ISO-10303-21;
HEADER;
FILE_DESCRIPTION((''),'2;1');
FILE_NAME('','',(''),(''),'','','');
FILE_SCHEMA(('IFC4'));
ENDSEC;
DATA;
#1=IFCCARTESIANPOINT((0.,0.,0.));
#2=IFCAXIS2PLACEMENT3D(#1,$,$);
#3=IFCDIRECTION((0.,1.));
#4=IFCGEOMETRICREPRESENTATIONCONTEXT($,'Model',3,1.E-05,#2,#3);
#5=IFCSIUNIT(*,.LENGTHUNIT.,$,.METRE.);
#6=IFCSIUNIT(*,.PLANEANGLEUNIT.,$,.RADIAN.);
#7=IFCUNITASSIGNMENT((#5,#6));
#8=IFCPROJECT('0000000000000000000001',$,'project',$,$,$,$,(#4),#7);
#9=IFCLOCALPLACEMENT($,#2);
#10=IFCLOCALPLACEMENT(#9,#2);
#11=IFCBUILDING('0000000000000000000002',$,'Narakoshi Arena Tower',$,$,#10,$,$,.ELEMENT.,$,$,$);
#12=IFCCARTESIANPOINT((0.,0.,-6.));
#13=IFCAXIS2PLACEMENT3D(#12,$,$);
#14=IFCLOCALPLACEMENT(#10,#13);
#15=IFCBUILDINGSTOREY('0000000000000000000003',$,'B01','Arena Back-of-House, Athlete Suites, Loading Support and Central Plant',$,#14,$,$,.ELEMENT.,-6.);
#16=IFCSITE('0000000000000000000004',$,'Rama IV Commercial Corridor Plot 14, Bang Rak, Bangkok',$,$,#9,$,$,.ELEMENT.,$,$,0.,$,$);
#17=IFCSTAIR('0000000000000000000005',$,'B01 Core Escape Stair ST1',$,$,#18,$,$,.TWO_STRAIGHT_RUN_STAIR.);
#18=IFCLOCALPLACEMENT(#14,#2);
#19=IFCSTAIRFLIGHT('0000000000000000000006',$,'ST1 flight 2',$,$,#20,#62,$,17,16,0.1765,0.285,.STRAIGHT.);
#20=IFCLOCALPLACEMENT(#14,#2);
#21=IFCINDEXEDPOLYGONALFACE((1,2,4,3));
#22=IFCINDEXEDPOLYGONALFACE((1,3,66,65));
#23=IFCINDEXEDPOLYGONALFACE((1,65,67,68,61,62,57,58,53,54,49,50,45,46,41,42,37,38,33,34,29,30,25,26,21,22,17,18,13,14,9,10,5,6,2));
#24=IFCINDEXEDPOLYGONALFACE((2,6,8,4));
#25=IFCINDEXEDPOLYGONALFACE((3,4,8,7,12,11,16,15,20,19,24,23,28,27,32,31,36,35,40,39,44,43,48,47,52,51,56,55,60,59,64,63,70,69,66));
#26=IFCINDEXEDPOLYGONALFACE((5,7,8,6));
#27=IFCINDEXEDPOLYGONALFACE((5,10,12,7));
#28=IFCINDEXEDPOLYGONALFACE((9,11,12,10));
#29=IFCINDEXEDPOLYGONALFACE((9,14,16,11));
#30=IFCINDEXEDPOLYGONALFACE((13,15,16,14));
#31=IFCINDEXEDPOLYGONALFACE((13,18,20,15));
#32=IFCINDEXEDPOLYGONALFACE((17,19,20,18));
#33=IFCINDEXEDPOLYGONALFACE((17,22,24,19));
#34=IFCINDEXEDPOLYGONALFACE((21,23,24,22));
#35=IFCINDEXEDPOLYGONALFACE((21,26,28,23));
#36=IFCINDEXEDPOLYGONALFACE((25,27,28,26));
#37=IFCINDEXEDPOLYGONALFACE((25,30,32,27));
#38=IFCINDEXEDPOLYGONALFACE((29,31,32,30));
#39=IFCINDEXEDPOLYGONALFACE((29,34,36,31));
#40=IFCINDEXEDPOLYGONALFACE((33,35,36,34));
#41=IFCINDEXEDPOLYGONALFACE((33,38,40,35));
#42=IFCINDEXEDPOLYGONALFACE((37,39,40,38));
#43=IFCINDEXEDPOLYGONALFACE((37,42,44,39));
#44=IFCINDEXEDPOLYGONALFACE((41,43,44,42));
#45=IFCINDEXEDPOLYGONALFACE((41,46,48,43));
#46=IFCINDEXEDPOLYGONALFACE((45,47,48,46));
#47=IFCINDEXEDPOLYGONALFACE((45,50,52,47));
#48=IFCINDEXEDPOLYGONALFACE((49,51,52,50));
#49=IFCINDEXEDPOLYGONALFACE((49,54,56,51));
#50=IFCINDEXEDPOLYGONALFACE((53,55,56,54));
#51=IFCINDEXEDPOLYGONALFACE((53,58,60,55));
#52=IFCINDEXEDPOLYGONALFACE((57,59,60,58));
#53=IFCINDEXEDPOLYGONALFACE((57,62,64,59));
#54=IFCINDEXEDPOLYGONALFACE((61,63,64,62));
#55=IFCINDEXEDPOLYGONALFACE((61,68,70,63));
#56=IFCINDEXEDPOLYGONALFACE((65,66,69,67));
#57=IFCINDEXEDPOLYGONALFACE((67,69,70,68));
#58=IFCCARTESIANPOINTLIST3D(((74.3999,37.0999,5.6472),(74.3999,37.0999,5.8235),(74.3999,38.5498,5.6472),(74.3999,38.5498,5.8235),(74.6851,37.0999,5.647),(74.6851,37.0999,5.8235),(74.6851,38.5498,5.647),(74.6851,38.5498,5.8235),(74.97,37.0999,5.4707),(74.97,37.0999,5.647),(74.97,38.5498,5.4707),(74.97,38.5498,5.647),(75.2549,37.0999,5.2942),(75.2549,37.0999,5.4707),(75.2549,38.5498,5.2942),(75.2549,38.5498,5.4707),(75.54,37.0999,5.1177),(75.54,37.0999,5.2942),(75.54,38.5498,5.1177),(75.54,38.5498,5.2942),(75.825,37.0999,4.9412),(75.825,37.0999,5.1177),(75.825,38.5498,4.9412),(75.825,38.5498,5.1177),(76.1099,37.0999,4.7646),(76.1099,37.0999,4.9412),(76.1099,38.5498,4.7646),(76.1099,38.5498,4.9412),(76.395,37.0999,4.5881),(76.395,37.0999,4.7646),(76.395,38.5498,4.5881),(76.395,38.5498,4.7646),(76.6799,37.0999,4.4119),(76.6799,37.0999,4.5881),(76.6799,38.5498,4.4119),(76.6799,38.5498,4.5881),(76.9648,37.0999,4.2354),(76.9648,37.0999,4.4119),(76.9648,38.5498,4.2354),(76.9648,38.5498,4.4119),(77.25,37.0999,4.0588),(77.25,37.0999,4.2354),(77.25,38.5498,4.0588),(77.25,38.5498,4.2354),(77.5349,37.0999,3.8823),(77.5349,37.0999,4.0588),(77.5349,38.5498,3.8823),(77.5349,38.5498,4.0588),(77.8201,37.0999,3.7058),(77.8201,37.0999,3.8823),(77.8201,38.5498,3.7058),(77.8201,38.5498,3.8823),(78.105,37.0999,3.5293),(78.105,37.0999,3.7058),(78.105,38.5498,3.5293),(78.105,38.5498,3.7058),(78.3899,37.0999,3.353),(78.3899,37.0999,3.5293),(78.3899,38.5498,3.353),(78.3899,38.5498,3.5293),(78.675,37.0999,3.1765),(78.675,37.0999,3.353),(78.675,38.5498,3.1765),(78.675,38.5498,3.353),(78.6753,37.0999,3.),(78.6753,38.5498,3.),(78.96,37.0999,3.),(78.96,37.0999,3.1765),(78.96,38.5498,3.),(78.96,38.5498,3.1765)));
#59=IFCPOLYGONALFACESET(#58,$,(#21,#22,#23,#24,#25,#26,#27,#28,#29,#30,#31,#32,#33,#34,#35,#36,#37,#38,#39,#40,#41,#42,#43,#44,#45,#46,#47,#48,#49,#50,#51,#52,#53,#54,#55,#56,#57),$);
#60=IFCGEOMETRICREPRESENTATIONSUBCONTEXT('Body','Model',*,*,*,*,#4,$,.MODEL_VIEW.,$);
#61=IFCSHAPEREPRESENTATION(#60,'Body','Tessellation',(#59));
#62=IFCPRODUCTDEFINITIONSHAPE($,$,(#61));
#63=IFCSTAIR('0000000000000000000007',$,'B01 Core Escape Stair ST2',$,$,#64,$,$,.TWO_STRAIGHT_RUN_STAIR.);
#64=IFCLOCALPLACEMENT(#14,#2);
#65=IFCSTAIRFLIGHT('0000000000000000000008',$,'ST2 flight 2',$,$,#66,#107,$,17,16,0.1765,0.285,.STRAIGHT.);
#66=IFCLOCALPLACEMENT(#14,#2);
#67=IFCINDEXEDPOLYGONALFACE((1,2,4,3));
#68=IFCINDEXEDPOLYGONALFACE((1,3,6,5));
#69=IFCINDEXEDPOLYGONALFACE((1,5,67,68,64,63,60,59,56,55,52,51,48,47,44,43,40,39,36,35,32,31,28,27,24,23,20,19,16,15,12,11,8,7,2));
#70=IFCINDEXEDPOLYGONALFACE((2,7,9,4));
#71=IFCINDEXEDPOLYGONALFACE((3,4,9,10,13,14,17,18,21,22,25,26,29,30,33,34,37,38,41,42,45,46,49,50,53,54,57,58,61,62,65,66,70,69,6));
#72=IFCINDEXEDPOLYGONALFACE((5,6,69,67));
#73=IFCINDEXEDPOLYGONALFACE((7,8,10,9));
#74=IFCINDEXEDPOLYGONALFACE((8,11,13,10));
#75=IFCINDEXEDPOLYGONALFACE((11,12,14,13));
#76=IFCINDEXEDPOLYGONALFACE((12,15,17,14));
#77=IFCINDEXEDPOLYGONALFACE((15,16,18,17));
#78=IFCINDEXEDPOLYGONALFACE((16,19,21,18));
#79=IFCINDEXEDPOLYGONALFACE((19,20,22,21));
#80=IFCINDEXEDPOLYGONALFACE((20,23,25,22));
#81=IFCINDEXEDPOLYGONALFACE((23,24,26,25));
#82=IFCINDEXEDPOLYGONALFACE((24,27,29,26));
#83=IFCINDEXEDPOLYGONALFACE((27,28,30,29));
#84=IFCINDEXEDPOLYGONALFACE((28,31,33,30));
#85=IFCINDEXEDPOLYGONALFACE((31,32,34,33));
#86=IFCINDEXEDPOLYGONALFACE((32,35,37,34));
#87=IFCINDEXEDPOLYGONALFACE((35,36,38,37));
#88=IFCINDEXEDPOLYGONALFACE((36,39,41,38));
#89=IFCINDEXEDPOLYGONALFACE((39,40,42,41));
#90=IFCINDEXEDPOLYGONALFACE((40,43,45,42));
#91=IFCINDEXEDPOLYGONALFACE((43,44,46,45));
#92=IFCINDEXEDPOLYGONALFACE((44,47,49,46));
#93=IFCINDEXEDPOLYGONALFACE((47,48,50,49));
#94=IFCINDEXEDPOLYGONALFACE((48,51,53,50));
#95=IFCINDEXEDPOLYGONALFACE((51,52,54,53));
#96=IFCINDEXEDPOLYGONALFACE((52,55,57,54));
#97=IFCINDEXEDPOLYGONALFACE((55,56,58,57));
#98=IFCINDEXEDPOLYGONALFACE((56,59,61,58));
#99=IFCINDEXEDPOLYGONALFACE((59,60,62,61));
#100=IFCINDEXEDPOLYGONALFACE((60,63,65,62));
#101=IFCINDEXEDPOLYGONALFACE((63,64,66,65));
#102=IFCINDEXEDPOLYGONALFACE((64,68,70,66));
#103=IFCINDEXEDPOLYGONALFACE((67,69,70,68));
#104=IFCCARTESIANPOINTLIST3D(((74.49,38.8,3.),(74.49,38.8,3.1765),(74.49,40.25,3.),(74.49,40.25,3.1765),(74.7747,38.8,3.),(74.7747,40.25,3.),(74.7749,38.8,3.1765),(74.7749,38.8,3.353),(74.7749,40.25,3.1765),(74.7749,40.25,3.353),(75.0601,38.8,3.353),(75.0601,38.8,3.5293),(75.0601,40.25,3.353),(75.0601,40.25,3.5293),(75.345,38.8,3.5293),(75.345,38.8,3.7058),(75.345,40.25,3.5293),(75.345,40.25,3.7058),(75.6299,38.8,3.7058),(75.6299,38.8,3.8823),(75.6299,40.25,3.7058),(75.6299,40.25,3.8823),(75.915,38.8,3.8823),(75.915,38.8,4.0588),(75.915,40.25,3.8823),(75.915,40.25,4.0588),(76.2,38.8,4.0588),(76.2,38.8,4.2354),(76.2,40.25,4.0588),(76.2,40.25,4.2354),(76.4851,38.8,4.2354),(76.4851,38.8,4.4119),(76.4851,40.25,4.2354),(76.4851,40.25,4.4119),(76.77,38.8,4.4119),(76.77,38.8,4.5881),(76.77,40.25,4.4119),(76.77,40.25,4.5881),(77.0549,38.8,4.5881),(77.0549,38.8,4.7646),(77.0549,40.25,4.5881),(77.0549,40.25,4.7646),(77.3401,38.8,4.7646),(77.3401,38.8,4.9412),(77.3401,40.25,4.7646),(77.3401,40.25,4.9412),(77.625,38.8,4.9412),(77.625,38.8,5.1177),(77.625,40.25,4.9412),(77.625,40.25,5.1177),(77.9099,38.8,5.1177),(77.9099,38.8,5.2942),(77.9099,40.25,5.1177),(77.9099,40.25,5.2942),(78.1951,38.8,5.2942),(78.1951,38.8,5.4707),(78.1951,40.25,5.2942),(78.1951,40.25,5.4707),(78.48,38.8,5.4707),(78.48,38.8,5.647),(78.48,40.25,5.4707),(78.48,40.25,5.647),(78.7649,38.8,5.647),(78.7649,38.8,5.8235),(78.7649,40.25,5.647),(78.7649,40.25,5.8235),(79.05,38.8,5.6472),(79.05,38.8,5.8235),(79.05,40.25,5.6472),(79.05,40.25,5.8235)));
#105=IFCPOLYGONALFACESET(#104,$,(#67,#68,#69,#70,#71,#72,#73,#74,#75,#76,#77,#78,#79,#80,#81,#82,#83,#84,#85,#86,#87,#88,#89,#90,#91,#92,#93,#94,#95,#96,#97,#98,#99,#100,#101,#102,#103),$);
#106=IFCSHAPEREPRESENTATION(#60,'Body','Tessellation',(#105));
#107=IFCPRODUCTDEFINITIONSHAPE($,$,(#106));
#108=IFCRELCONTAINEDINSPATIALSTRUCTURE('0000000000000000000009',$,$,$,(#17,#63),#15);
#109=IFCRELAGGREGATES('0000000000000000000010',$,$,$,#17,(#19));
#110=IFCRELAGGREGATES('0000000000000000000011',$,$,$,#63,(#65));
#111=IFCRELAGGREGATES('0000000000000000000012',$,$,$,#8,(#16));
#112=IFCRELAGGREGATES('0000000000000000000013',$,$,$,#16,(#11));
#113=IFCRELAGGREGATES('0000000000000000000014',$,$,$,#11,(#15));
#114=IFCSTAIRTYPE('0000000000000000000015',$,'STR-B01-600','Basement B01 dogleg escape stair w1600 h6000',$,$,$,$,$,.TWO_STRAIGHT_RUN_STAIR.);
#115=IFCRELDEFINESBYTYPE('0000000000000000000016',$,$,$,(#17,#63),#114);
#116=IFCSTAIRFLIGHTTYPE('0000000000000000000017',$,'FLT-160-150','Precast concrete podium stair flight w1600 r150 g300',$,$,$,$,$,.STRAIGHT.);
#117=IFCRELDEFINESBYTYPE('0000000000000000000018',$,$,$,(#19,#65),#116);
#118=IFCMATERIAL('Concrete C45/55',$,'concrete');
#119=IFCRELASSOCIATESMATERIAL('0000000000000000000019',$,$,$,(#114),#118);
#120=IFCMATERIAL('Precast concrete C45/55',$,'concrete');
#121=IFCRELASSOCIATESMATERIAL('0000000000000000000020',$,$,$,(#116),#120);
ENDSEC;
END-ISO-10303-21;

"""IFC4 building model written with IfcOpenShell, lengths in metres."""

from ifc_helpers import new_model, si_unit, direction, frame, origin, place, context, subcontext, project, spatial, polyline, outline, extrude, material, type_object, element, aggregate, save


model = new_model("IFC4")

# Units and contexts
model_context = context("Model", 3, precision=1e-05, world=origin(), true_north=direction((0.0, 1.0)))
body_context = subcontext(model_context, "Body", "Model", "MODEL_VIEW")
ifc_project = project(units=[si_unit("LENGTHUNIT", "METRE"), si_unit("PLANEANGLEUNIT", "RADIAN")], contexts=[model_context])

# Site, building, storey
site_placement = place(None, origin())
site = spatial("IfcSite", under=ifc_project, at=site_placement, Name="Rama IV Commercial Corridor Plot 14, Bang Rak, Bangkok", CompositionType="ELEMENT", RefElevation=0.0)
building_placement = place(site_placement, origin())
building = spatial("IfcBuilding", under=site, at=building_placement, Name="Narakoshi Arena Tower", CompositionType="ELEMENT")
storey_placement = place(building_placement, frame((0.0, 0.0, -6.0)))
storey = spatial("IfcBuildingStorey", under=building, at=storey_placement, Name="B01", Description="Arena Back-of-House, Athlete Suites, Loading Support and Central Plant", CompositionType="ELEMENT", Elevation=-6.0)

# Shared definitions
ifc_material_1 = material(Name="Concrete C45/55", Category="concrete")

# Stair, stair flight
stair_type = type_object("IfcStairType", Name="STR-B01-600", Description="Basement B01 dogleg escape stair w1600 h6000", PredefinedType="TWO_STRAIGHT_RUN_STAIR", material=ifc_material_1)
stair_1_placement = place(storey_placement, origin())
stair_1 = element("IfcStair", 1, at=stair_1_placement, inside=storey, type_object=stair_type, Name="B01 Core Escape Stair ST1", PredefinedType="TWO_STRAIGHT_RUN_STAIR")
ifc_material_2 = material(Name="Precast concrete C45/55", Category="concrete")
stair_flight_type = type_object("IfcStairFlightType", Name="FLT-160-150", Description="Precast concrete podium stair flight w1600 r150 g300", PredefinedType="STRAIGHT", material=ifc_material_2)
stair_flight_1_placement = place(storey_placement, frame((78.96, 37.825, 3.0), z_axis=(0.0, 0.0, 1.0), x_axis=(-1.0, 0.0, 0.0)))
stair_flight_1 = element("IfcStairFlight", 2, at=stair_flight_1_placement, type_object=stair_flight_type, Name="ST1 flight 2", NumberOfRisers=17, NumberOfTreads=16, PredefinedType="STRAIGHT", RiserHeight=0.1765, TreadLength=0.285, context=body_context, shape_type="SweptSolid", body=[
    extrude(outline(polyline([(0.0, 0.0), (0.0, 0.1765), (0.2849, 0.1765), (0.2849, 0.353), (0.5701, 0.353), (0.5701, 0.5293), (0.855, 0.5293), (0.855, 0.7058), (1.1399, 0.7058), (1.1399, 0.8823), (1.425, 0.8823), (1.425, 1.0588), (1.71, 1.0588), (1.71, 1.2354), (1.9951, 1.2354), (1.9951, 1.4119), (2.28, 1.4119), (2.28, 1.5881), (2.5649, 1.5881), (2.5649, 1.7646), (2.8501, 1.7646), (2.8501, 1.9412), (3.135, 1.9412), (3.135, 2.1177), (3.4199, 2.1177), (3.4199, 2.2942), (3.7051, 2.2942), (3.7051, 2.4707), (3.99, 2.4707), (3.99, 2.647), (4.2749, 2.647), (4.2749, 2.8235), (4.5601, 2.8235), (4.5601, 3.0), (4.5601, 2.6472), (0.2847, 0.0), (0.0, 0.0)])), frame((0.0, 0.7251, 0.0), z_axis=(0.0, -1.0, 0.0), x_axis=(1.0, 0.0, 0.0)), (0.0, 0.0, 1.0), 1.45),
])
aggregate(stair_1, [stair_flight_1])

# Stair, stair flight
stair_2_placement = place(storey_placement, origin())
stair_2 = element("IfcStair", 3, at=stair_2_placement, inside=storey, type_object=stair_type, Name="B01 Core Escape Stair ST2", PredefinedType="TWO_STRAIGHT_RUN_STAIR")
stair_flight_2_placement = place(storey_placement, frame((74.49, 39.5249, 3.0), z_axis=(0.0, 0.0, 1.0), x_axis=(1.0, 0.0, 0.0)))
stair_flight_2 = element("IfcStairFlight", 4, at=stair_flight_2_placement, type_object=stair_flight_type, Name="ST2 flight 2", NumberOfRisers=17, NumberOfTreads=16, PredefinedType="STRAIGHT", RiserHeight=0.1765, TreadLength=0.285, context=body_context, shape_type="SweptSolid", body=[
    extrude(outline(polyline([(0.0, 0.0), (0.0, 0.1765), (0.2849, 0.1765), (0.2849, 0.353), (0.5701, 0.353), (0.5701, 0.5293), (0.855, 0.5293), (0.855, 0.7058), (1.1399, 0.7058), (1.1399, 0.8823), (1.425, 0.8823), (1.425, 1.0588), (1.71, 1.0588), (1.71, 1.2354), (1.9951, 1.2354), (1.9951, 1.4119), (2.28, 1.4119), (2.28, 1.5881), (2.5649, 1.5881), (2.5649, 1.7646), (2.8501, 1.7646), (2.8501, 1.9412), (3.135, 1.9412), (3.135, 2.1177), (3.4199, 2.1177), (3.4199, 2.2942), (3.7051, 2.2942), (3.7051, 2.4707), (3.99, 2.4707), (3.99, 2.647), (4.2749, 2.647), (4.2749, 2.8235), (4.5601, 2.8235), (4.5601, 3.0), (4.5601, 2.6472), (0.2847, 0.0), (0.0, 0.0)])), frame((0.0, 0.7251, 0.0), z_axis=(0.0, -1.0, 0.0), x_axis=(1.0, 0.0, 0.0)), (0.0, 0.0, 1.0), 1.45),
])
aggregate(stair_2, [stair_flight_2])

save(model, "model.ifc")
